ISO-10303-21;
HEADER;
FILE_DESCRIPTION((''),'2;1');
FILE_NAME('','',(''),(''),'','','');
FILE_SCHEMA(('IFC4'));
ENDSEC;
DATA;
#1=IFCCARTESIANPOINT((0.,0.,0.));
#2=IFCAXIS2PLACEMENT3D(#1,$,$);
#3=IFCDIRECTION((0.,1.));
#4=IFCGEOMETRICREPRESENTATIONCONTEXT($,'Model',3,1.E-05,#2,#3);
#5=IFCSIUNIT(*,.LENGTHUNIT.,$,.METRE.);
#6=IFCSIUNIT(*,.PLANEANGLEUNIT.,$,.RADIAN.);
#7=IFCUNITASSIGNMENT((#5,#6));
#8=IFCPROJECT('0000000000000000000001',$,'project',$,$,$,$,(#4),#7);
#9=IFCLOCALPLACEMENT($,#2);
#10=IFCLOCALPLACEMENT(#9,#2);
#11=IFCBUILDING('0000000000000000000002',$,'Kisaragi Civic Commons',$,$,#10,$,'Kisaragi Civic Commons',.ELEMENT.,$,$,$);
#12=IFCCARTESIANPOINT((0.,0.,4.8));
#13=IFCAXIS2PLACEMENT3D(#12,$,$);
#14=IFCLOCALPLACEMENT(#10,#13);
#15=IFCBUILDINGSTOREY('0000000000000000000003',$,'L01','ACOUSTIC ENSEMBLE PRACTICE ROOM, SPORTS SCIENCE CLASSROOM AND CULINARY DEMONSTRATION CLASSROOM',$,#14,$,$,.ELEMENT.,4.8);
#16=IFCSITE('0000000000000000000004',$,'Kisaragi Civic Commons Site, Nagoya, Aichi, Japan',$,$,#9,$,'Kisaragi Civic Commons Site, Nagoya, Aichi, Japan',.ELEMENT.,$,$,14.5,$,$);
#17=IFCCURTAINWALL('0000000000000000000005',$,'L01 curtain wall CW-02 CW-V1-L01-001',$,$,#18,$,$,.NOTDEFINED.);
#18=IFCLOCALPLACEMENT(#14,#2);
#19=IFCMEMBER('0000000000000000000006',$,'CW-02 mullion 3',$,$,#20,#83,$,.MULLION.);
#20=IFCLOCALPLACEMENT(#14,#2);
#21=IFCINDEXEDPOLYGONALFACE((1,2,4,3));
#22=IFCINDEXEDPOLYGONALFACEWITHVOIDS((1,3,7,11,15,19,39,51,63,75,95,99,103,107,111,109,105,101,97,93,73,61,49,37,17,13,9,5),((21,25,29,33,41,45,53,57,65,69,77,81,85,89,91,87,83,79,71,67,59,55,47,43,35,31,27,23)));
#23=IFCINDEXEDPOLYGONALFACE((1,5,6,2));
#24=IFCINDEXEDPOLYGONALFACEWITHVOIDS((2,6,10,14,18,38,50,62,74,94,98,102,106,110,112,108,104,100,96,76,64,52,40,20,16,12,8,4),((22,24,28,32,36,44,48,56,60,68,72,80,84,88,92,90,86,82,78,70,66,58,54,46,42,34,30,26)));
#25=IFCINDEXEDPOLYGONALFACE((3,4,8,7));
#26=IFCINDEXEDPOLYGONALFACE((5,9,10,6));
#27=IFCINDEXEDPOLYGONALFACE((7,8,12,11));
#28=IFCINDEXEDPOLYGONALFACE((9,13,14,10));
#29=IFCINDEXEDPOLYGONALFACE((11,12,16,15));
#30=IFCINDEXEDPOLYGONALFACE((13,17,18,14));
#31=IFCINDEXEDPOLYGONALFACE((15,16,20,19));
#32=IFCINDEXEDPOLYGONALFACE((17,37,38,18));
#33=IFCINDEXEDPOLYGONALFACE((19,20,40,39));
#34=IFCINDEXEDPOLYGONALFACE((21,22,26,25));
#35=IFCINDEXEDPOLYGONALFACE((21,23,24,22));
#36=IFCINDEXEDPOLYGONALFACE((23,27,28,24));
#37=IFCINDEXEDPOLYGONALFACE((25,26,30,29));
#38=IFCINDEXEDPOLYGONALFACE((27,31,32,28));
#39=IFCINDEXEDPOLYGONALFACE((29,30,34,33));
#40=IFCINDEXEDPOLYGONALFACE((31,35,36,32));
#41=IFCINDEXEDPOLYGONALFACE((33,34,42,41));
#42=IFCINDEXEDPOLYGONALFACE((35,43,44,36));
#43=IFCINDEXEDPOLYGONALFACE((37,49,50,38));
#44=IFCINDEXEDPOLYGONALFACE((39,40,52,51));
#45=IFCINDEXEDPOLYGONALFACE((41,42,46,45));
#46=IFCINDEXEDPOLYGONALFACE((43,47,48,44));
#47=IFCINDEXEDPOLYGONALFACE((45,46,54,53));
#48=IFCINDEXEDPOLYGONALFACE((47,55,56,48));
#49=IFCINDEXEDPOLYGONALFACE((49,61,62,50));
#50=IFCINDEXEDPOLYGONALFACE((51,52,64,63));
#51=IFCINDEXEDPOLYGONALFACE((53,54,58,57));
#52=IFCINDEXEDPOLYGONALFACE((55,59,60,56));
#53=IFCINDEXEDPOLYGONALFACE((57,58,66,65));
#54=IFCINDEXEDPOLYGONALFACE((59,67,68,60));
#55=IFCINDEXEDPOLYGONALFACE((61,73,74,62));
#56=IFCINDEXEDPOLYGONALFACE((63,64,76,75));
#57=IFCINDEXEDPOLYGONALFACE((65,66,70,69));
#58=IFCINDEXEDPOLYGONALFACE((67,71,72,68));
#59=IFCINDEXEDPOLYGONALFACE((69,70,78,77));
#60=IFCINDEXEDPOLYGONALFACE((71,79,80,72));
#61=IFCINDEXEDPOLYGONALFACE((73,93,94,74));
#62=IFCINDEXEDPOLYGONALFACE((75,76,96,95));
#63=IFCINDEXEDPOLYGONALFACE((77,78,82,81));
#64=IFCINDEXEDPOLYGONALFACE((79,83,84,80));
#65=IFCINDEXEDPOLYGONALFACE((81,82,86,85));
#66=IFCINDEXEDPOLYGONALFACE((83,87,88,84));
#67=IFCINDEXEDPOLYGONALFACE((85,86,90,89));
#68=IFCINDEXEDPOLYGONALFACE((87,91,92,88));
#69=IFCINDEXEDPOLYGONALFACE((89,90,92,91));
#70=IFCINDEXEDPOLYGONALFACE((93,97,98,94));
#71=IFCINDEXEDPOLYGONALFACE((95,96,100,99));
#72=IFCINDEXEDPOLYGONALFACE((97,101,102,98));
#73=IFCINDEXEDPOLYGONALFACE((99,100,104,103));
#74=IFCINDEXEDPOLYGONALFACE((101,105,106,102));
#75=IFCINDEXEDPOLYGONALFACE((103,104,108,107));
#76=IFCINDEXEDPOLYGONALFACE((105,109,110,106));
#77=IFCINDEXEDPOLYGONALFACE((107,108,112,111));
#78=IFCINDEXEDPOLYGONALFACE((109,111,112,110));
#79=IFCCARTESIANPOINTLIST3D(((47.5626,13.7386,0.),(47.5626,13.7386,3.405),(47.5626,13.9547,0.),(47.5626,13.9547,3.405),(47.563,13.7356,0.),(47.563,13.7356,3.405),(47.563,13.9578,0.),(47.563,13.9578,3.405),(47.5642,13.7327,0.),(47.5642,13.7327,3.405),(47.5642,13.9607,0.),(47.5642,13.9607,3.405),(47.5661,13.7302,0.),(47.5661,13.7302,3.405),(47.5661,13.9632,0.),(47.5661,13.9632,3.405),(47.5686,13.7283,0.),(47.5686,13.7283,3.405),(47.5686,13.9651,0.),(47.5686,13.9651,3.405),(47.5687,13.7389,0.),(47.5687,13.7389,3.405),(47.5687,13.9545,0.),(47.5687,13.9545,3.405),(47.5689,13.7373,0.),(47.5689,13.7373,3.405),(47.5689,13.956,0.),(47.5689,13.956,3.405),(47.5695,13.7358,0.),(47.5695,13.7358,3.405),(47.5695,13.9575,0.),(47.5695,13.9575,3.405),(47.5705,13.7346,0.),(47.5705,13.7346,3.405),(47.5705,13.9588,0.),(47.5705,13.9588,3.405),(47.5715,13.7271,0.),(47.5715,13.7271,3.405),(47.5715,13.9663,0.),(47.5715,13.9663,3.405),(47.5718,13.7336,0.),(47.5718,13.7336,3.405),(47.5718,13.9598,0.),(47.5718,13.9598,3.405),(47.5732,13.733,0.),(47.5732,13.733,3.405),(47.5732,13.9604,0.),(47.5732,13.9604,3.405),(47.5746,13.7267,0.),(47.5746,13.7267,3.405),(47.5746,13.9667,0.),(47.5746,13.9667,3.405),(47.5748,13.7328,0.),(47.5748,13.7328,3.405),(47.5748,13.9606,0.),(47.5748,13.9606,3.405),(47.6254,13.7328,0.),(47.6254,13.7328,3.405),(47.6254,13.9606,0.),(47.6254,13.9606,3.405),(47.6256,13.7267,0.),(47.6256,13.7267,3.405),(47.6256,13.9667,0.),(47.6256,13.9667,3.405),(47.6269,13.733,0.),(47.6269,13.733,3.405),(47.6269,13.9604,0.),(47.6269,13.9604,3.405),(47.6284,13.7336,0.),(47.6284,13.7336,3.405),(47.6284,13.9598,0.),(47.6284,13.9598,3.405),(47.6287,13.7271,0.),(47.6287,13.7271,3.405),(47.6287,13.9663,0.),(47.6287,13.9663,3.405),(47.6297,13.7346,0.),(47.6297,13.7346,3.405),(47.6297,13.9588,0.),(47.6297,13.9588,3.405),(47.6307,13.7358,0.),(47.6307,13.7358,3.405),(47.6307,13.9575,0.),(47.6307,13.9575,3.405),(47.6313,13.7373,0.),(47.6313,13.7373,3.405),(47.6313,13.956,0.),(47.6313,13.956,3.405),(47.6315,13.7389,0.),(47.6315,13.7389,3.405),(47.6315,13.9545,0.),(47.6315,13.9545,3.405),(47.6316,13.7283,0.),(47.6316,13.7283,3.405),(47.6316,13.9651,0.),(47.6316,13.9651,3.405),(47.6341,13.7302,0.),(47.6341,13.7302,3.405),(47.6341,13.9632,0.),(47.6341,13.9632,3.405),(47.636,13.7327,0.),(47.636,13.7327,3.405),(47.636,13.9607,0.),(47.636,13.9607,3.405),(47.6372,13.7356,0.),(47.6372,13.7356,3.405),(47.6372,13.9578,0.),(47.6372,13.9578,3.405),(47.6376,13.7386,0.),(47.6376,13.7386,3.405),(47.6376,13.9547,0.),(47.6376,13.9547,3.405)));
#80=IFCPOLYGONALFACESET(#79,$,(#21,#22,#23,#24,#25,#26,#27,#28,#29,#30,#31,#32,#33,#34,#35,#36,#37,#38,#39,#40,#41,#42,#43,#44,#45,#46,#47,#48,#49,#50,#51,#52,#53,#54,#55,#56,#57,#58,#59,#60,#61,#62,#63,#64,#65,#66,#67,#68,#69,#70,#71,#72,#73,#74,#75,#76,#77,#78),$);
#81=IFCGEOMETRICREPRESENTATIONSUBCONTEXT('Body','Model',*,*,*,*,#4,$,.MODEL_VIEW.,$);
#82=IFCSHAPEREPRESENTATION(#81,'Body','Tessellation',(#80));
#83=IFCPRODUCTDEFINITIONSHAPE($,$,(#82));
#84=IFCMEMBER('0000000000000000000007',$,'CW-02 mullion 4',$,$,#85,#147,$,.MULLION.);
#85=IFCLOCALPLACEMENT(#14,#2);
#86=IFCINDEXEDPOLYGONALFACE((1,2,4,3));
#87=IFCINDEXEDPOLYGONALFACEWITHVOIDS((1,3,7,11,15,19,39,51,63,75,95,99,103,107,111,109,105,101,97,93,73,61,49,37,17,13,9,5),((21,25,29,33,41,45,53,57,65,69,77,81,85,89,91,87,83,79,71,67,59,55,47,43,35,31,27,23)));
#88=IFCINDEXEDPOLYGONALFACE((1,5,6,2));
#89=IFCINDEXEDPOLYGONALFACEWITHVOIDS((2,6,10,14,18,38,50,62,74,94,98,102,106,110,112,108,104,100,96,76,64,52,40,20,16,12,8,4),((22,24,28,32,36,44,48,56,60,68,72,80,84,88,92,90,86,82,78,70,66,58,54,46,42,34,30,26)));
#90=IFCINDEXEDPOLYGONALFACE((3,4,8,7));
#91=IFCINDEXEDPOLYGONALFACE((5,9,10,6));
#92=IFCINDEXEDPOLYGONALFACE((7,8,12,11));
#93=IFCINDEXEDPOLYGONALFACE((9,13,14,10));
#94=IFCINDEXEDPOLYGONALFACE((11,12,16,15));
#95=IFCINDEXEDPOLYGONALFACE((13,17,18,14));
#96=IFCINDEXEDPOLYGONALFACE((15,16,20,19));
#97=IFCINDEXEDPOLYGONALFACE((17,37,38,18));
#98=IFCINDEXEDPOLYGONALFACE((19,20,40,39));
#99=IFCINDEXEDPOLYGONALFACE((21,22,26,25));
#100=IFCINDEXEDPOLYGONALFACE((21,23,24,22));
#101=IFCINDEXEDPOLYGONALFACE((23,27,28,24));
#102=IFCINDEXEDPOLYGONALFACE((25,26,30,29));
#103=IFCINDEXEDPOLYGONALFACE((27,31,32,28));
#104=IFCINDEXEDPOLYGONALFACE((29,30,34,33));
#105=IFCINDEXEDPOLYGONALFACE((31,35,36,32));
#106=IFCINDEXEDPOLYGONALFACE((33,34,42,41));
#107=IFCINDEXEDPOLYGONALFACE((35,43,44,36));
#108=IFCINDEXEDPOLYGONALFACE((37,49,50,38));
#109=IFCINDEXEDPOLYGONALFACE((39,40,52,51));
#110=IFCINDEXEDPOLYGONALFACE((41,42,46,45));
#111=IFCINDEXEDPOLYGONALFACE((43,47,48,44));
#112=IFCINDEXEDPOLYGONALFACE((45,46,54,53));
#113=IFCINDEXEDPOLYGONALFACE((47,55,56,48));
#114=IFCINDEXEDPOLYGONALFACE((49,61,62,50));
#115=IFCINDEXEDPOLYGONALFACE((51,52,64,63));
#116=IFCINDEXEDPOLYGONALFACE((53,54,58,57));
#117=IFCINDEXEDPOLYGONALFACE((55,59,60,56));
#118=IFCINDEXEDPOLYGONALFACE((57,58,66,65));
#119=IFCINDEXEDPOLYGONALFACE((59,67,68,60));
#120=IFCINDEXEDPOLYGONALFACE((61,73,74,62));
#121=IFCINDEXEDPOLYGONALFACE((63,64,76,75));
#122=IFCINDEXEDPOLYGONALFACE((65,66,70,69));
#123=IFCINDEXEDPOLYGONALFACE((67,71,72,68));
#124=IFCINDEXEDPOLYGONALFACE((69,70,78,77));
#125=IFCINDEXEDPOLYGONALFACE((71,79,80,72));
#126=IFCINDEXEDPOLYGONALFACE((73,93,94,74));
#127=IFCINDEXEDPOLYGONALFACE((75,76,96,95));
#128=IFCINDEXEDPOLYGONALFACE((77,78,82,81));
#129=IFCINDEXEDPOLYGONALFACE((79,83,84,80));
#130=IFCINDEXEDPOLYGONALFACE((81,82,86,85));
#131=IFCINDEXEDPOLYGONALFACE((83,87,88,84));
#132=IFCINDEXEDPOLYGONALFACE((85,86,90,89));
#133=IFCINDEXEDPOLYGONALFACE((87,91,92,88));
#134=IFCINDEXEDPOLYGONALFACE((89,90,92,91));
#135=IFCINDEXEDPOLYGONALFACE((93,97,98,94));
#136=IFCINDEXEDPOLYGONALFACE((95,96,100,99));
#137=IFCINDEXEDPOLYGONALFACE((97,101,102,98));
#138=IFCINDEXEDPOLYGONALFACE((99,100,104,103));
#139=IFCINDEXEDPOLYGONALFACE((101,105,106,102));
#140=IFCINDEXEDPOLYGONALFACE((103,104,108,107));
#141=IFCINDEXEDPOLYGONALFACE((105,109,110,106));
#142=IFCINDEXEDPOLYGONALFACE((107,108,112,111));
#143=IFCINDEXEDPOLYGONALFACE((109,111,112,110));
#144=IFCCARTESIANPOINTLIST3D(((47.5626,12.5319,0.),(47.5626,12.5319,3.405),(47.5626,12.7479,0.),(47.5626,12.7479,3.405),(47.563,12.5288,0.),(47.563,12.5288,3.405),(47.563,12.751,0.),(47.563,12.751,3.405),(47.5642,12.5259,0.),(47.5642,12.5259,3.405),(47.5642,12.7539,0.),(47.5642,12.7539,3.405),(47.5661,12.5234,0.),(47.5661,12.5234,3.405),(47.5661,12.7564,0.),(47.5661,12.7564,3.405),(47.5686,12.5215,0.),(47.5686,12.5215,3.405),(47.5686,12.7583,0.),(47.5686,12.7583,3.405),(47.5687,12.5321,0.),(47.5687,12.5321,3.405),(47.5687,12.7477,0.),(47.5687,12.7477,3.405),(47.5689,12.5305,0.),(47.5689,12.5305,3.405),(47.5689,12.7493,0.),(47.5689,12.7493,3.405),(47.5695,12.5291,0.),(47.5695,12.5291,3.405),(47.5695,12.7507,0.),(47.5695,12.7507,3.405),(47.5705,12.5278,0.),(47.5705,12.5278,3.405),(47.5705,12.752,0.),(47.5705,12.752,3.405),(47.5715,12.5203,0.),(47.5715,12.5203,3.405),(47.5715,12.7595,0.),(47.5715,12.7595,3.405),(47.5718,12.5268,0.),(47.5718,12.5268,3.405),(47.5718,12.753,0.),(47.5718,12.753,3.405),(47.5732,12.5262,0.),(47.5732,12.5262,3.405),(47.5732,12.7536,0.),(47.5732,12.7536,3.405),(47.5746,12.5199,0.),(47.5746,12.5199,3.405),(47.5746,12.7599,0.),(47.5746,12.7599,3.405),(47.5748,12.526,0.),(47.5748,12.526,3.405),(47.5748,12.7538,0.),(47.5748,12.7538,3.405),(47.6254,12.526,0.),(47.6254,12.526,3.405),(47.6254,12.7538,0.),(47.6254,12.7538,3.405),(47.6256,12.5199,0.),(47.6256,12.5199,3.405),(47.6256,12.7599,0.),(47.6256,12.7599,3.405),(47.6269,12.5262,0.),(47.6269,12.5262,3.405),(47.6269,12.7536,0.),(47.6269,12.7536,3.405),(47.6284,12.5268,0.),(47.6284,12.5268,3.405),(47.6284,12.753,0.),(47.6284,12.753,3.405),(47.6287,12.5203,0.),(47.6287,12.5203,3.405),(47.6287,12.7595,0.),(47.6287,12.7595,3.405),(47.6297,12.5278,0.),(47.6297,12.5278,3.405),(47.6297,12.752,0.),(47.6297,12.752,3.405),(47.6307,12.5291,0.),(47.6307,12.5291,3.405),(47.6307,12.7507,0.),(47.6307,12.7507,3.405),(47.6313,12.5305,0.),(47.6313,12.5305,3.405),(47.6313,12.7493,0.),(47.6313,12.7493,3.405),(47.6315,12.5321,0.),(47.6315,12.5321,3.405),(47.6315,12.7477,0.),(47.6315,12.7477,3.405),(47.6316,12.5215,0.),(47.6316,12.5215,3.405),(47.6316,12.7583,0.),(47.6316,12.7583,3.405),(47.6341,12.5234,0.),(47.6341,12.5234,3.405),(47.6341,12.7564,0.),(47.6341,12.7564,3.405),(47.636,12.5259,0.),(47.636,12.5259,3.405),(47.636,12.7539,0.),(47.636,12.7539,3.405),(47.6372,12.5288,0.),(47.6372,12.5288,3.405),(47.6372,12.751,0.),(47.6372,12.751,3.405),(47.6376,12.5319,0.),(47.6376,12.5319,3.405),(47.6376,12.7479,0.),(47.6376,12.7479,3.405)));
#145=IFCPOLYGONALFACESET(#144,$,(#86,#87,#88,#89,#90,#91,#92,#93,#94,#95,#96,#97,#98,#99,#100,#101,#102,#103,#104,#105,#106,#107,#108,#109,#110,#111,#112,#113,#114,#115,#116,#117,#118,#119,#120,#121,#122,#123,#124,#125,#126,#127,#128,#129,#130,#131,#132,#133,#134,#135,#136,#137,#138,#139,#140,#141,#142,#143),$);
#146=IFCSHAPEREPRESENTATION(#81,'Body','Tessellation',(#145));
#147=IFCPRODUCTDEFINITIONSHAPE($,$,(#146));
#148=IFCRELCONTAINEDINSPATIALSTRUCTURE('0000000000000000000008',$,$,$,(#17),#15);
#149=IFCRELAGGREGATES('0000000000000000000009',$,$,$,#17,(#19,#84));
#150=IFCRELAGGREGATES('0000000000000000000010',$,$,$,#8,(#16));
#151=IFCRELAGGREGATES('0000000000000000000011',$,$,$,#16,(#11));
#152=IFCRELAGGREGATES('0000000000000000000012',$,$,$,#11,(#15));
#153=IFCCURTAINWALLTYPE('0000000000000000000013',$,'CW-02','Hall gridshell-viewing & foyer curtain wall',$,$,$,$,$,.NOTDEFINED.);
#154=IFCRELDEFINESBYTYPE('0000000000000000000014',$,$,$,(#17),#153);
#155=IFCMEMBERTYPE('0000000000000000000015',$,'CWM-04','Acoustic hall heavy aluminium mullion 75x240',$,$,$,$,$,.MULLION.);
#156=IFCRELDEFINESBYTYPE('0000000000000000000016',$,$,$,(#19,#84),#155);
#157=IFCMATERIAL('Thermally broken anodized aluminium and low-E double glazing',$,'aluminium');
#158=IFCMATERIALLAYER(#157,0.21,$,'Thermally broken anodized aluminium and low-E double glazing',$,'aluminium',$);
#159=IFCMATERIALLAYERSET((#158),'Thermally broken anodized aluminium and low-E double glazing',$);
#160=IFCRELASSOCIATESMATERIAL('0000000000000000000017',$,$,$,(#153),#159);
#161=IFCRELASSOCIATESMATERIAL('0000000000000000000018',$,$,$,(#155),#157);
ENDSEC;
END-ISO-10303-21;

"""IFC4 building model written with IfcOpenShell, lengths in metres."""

from ifc_helpers import new_model, si_unit, direction, frame, origin, origin_2d, place, context, subcontext, project, spatial, hollow_rectangle, extrude, material, layer, layer_set, material_profile, profile_set, type_object, element, aggregate, save


model = new_model("IFC4")

# Units and contexts
model_context = context("Model", 3, precision=1e-05, world=origin(), true_north=direction((0.0, 1.0)))
body_context = subcontext(model_context, "Body", "Model", "MODEL_VIEW")
ifc_project = project(units=[si_unit("LENGTHUNIT", "METRE"), si_unit("PLANEANGLEUNIT", "RADIAN")], contexts=[model_context])

# Site, building, storey
site_placement = place(None, origin())
site = spatial("IfcSite", under=ifc_project, at=site_placement, Name="Kisaragi Civic Commons Site, Nagoya, Aichi, Japan", LongName="Kisaragi Civic Commons Site, Nagoya, Aichi, Japan", CompositionType="ELEMENT", RefElevation=14.5)
building_placement = place(site_placement, origin())
building = spatial("IfcBuilding", under=site, at=building_placement, Name="Kisaragi Civic Commons", LongName="Kisaragi Civic Commons", CompositionType="ELEMENT")
storey_placement = place(building_placement, frame((0.0, 0.0, 4.8)))
storey = spatial("IfcBuildingStorey", under=building, at=storey_placement, Name="L01", Description="ACOUSTIC ENSEMBLE PRACTICE ROOM, SPORTS SCIENCE CLASSROOM AND CULINARY DEMONSTRATION CLASSROOM", CompositionType="ELEMENT", Elevation=4.8)

# Curtain wall, members
ifc_material_1 = material(Name="Thermally broken anodized aluminium and low-E double glazing", Category="aluminium")
ifc_layer_1 = layer(ifc_material_1, 0.21, Name="Thermally broken anodized aluminium and low-E double glazing", Category="aluminium")
ifc_layer_set_1 = layer_set([ifc_layer_1], Name="Thermally broken anodized aluminium and low-E double glazing")
curtain_wall_type = type_object("IfcCurtainWallType", Name="CW-02", Description="Hall gridshell-viewing & foyer curtain wall", PredefinedType="NOTDEFINED", material=ifc_layer_set_1)
curtain_wall_1_placement = place(storey_placement, origin())
curtain_wall_1 = element("IfcCurtainWall", 1, at=curtain_wall_1_placement, inside=storey, type_object=curtain_wall_type, Name="L01 curtain wall CW-02 CW-V1-L01-001", PredefinedType="NOTDEFINED")
ifc_material_profile_1 = material_profile(ifc_material_1, hollow_rectangle(XDim=0.075, YDim=0.24, WallThickness=0.0061, InnerFilletRadius=0.0061, OuterFilletRadius=0.012, at=origin_2d()), Name="CWM-75x240x6", Category="aluminium")
ifc_profile_set_1 = profile_set([ifc_material_profile_1], Name="Thermally broken anodized aluminium and low-E double glazing")
member_type_1 = type_object("IfcMemberType", Name="CWM-04", Description="Acoustic hall heavy aluminium mullion 75x240", PredefinedType="MULLION", material=ifc_profile_set_1)
member_1_placement = place(storey_placement, frame((47.6001, 13.8467, 0.0), z_axis=(0.0, 0.0, 1.0), x_axis=(1.0, 0.0, 0.0)))
member_1 = element("IfcMember", 2, at=member_1_placement, type_object=member_type_1, Name="CW-02 mullion 3", PredefinedType="MULLION", context=body_context, shape_type="SweptSolid", body=[
    extrude(hollow_rectangle(XDim=0.075, YDim=0.24, WallThickness=0.0061, InnerFilletRadius=0.0061, OuterFilletRadius=0.012, at=origin_2d()), origin(), (0.0, 0.0, 1.0), 3.405),
])
member_2_placement = place(storey_placement, frame((47.6001, 12.6399, 0.0), z_axis=(0.0, 0.0, 1.0), x_axis=(1.0, 0.0, 0.0)))
member_2 = element("IfcMember", 3, at=member_2_placement, type_object=member_type_1, Name="CW-02 mullion 4", PredefinedType="MULLION", context=body_context, shape_type="SweptSolid", body=[
    extrude(hollow_rectangle(XDim=0.075, YDim=0.24, WallThickness=0.0061, InnerFilletRadius=0.0061, OuterFilletRadius=0.012, at=origin_2d()), origin(), (0.0, 0.0, 1.0), 3.405),
])

aggregate(curtain_wall_1, [member_1, member_2])

save(model, "model.ifc")
